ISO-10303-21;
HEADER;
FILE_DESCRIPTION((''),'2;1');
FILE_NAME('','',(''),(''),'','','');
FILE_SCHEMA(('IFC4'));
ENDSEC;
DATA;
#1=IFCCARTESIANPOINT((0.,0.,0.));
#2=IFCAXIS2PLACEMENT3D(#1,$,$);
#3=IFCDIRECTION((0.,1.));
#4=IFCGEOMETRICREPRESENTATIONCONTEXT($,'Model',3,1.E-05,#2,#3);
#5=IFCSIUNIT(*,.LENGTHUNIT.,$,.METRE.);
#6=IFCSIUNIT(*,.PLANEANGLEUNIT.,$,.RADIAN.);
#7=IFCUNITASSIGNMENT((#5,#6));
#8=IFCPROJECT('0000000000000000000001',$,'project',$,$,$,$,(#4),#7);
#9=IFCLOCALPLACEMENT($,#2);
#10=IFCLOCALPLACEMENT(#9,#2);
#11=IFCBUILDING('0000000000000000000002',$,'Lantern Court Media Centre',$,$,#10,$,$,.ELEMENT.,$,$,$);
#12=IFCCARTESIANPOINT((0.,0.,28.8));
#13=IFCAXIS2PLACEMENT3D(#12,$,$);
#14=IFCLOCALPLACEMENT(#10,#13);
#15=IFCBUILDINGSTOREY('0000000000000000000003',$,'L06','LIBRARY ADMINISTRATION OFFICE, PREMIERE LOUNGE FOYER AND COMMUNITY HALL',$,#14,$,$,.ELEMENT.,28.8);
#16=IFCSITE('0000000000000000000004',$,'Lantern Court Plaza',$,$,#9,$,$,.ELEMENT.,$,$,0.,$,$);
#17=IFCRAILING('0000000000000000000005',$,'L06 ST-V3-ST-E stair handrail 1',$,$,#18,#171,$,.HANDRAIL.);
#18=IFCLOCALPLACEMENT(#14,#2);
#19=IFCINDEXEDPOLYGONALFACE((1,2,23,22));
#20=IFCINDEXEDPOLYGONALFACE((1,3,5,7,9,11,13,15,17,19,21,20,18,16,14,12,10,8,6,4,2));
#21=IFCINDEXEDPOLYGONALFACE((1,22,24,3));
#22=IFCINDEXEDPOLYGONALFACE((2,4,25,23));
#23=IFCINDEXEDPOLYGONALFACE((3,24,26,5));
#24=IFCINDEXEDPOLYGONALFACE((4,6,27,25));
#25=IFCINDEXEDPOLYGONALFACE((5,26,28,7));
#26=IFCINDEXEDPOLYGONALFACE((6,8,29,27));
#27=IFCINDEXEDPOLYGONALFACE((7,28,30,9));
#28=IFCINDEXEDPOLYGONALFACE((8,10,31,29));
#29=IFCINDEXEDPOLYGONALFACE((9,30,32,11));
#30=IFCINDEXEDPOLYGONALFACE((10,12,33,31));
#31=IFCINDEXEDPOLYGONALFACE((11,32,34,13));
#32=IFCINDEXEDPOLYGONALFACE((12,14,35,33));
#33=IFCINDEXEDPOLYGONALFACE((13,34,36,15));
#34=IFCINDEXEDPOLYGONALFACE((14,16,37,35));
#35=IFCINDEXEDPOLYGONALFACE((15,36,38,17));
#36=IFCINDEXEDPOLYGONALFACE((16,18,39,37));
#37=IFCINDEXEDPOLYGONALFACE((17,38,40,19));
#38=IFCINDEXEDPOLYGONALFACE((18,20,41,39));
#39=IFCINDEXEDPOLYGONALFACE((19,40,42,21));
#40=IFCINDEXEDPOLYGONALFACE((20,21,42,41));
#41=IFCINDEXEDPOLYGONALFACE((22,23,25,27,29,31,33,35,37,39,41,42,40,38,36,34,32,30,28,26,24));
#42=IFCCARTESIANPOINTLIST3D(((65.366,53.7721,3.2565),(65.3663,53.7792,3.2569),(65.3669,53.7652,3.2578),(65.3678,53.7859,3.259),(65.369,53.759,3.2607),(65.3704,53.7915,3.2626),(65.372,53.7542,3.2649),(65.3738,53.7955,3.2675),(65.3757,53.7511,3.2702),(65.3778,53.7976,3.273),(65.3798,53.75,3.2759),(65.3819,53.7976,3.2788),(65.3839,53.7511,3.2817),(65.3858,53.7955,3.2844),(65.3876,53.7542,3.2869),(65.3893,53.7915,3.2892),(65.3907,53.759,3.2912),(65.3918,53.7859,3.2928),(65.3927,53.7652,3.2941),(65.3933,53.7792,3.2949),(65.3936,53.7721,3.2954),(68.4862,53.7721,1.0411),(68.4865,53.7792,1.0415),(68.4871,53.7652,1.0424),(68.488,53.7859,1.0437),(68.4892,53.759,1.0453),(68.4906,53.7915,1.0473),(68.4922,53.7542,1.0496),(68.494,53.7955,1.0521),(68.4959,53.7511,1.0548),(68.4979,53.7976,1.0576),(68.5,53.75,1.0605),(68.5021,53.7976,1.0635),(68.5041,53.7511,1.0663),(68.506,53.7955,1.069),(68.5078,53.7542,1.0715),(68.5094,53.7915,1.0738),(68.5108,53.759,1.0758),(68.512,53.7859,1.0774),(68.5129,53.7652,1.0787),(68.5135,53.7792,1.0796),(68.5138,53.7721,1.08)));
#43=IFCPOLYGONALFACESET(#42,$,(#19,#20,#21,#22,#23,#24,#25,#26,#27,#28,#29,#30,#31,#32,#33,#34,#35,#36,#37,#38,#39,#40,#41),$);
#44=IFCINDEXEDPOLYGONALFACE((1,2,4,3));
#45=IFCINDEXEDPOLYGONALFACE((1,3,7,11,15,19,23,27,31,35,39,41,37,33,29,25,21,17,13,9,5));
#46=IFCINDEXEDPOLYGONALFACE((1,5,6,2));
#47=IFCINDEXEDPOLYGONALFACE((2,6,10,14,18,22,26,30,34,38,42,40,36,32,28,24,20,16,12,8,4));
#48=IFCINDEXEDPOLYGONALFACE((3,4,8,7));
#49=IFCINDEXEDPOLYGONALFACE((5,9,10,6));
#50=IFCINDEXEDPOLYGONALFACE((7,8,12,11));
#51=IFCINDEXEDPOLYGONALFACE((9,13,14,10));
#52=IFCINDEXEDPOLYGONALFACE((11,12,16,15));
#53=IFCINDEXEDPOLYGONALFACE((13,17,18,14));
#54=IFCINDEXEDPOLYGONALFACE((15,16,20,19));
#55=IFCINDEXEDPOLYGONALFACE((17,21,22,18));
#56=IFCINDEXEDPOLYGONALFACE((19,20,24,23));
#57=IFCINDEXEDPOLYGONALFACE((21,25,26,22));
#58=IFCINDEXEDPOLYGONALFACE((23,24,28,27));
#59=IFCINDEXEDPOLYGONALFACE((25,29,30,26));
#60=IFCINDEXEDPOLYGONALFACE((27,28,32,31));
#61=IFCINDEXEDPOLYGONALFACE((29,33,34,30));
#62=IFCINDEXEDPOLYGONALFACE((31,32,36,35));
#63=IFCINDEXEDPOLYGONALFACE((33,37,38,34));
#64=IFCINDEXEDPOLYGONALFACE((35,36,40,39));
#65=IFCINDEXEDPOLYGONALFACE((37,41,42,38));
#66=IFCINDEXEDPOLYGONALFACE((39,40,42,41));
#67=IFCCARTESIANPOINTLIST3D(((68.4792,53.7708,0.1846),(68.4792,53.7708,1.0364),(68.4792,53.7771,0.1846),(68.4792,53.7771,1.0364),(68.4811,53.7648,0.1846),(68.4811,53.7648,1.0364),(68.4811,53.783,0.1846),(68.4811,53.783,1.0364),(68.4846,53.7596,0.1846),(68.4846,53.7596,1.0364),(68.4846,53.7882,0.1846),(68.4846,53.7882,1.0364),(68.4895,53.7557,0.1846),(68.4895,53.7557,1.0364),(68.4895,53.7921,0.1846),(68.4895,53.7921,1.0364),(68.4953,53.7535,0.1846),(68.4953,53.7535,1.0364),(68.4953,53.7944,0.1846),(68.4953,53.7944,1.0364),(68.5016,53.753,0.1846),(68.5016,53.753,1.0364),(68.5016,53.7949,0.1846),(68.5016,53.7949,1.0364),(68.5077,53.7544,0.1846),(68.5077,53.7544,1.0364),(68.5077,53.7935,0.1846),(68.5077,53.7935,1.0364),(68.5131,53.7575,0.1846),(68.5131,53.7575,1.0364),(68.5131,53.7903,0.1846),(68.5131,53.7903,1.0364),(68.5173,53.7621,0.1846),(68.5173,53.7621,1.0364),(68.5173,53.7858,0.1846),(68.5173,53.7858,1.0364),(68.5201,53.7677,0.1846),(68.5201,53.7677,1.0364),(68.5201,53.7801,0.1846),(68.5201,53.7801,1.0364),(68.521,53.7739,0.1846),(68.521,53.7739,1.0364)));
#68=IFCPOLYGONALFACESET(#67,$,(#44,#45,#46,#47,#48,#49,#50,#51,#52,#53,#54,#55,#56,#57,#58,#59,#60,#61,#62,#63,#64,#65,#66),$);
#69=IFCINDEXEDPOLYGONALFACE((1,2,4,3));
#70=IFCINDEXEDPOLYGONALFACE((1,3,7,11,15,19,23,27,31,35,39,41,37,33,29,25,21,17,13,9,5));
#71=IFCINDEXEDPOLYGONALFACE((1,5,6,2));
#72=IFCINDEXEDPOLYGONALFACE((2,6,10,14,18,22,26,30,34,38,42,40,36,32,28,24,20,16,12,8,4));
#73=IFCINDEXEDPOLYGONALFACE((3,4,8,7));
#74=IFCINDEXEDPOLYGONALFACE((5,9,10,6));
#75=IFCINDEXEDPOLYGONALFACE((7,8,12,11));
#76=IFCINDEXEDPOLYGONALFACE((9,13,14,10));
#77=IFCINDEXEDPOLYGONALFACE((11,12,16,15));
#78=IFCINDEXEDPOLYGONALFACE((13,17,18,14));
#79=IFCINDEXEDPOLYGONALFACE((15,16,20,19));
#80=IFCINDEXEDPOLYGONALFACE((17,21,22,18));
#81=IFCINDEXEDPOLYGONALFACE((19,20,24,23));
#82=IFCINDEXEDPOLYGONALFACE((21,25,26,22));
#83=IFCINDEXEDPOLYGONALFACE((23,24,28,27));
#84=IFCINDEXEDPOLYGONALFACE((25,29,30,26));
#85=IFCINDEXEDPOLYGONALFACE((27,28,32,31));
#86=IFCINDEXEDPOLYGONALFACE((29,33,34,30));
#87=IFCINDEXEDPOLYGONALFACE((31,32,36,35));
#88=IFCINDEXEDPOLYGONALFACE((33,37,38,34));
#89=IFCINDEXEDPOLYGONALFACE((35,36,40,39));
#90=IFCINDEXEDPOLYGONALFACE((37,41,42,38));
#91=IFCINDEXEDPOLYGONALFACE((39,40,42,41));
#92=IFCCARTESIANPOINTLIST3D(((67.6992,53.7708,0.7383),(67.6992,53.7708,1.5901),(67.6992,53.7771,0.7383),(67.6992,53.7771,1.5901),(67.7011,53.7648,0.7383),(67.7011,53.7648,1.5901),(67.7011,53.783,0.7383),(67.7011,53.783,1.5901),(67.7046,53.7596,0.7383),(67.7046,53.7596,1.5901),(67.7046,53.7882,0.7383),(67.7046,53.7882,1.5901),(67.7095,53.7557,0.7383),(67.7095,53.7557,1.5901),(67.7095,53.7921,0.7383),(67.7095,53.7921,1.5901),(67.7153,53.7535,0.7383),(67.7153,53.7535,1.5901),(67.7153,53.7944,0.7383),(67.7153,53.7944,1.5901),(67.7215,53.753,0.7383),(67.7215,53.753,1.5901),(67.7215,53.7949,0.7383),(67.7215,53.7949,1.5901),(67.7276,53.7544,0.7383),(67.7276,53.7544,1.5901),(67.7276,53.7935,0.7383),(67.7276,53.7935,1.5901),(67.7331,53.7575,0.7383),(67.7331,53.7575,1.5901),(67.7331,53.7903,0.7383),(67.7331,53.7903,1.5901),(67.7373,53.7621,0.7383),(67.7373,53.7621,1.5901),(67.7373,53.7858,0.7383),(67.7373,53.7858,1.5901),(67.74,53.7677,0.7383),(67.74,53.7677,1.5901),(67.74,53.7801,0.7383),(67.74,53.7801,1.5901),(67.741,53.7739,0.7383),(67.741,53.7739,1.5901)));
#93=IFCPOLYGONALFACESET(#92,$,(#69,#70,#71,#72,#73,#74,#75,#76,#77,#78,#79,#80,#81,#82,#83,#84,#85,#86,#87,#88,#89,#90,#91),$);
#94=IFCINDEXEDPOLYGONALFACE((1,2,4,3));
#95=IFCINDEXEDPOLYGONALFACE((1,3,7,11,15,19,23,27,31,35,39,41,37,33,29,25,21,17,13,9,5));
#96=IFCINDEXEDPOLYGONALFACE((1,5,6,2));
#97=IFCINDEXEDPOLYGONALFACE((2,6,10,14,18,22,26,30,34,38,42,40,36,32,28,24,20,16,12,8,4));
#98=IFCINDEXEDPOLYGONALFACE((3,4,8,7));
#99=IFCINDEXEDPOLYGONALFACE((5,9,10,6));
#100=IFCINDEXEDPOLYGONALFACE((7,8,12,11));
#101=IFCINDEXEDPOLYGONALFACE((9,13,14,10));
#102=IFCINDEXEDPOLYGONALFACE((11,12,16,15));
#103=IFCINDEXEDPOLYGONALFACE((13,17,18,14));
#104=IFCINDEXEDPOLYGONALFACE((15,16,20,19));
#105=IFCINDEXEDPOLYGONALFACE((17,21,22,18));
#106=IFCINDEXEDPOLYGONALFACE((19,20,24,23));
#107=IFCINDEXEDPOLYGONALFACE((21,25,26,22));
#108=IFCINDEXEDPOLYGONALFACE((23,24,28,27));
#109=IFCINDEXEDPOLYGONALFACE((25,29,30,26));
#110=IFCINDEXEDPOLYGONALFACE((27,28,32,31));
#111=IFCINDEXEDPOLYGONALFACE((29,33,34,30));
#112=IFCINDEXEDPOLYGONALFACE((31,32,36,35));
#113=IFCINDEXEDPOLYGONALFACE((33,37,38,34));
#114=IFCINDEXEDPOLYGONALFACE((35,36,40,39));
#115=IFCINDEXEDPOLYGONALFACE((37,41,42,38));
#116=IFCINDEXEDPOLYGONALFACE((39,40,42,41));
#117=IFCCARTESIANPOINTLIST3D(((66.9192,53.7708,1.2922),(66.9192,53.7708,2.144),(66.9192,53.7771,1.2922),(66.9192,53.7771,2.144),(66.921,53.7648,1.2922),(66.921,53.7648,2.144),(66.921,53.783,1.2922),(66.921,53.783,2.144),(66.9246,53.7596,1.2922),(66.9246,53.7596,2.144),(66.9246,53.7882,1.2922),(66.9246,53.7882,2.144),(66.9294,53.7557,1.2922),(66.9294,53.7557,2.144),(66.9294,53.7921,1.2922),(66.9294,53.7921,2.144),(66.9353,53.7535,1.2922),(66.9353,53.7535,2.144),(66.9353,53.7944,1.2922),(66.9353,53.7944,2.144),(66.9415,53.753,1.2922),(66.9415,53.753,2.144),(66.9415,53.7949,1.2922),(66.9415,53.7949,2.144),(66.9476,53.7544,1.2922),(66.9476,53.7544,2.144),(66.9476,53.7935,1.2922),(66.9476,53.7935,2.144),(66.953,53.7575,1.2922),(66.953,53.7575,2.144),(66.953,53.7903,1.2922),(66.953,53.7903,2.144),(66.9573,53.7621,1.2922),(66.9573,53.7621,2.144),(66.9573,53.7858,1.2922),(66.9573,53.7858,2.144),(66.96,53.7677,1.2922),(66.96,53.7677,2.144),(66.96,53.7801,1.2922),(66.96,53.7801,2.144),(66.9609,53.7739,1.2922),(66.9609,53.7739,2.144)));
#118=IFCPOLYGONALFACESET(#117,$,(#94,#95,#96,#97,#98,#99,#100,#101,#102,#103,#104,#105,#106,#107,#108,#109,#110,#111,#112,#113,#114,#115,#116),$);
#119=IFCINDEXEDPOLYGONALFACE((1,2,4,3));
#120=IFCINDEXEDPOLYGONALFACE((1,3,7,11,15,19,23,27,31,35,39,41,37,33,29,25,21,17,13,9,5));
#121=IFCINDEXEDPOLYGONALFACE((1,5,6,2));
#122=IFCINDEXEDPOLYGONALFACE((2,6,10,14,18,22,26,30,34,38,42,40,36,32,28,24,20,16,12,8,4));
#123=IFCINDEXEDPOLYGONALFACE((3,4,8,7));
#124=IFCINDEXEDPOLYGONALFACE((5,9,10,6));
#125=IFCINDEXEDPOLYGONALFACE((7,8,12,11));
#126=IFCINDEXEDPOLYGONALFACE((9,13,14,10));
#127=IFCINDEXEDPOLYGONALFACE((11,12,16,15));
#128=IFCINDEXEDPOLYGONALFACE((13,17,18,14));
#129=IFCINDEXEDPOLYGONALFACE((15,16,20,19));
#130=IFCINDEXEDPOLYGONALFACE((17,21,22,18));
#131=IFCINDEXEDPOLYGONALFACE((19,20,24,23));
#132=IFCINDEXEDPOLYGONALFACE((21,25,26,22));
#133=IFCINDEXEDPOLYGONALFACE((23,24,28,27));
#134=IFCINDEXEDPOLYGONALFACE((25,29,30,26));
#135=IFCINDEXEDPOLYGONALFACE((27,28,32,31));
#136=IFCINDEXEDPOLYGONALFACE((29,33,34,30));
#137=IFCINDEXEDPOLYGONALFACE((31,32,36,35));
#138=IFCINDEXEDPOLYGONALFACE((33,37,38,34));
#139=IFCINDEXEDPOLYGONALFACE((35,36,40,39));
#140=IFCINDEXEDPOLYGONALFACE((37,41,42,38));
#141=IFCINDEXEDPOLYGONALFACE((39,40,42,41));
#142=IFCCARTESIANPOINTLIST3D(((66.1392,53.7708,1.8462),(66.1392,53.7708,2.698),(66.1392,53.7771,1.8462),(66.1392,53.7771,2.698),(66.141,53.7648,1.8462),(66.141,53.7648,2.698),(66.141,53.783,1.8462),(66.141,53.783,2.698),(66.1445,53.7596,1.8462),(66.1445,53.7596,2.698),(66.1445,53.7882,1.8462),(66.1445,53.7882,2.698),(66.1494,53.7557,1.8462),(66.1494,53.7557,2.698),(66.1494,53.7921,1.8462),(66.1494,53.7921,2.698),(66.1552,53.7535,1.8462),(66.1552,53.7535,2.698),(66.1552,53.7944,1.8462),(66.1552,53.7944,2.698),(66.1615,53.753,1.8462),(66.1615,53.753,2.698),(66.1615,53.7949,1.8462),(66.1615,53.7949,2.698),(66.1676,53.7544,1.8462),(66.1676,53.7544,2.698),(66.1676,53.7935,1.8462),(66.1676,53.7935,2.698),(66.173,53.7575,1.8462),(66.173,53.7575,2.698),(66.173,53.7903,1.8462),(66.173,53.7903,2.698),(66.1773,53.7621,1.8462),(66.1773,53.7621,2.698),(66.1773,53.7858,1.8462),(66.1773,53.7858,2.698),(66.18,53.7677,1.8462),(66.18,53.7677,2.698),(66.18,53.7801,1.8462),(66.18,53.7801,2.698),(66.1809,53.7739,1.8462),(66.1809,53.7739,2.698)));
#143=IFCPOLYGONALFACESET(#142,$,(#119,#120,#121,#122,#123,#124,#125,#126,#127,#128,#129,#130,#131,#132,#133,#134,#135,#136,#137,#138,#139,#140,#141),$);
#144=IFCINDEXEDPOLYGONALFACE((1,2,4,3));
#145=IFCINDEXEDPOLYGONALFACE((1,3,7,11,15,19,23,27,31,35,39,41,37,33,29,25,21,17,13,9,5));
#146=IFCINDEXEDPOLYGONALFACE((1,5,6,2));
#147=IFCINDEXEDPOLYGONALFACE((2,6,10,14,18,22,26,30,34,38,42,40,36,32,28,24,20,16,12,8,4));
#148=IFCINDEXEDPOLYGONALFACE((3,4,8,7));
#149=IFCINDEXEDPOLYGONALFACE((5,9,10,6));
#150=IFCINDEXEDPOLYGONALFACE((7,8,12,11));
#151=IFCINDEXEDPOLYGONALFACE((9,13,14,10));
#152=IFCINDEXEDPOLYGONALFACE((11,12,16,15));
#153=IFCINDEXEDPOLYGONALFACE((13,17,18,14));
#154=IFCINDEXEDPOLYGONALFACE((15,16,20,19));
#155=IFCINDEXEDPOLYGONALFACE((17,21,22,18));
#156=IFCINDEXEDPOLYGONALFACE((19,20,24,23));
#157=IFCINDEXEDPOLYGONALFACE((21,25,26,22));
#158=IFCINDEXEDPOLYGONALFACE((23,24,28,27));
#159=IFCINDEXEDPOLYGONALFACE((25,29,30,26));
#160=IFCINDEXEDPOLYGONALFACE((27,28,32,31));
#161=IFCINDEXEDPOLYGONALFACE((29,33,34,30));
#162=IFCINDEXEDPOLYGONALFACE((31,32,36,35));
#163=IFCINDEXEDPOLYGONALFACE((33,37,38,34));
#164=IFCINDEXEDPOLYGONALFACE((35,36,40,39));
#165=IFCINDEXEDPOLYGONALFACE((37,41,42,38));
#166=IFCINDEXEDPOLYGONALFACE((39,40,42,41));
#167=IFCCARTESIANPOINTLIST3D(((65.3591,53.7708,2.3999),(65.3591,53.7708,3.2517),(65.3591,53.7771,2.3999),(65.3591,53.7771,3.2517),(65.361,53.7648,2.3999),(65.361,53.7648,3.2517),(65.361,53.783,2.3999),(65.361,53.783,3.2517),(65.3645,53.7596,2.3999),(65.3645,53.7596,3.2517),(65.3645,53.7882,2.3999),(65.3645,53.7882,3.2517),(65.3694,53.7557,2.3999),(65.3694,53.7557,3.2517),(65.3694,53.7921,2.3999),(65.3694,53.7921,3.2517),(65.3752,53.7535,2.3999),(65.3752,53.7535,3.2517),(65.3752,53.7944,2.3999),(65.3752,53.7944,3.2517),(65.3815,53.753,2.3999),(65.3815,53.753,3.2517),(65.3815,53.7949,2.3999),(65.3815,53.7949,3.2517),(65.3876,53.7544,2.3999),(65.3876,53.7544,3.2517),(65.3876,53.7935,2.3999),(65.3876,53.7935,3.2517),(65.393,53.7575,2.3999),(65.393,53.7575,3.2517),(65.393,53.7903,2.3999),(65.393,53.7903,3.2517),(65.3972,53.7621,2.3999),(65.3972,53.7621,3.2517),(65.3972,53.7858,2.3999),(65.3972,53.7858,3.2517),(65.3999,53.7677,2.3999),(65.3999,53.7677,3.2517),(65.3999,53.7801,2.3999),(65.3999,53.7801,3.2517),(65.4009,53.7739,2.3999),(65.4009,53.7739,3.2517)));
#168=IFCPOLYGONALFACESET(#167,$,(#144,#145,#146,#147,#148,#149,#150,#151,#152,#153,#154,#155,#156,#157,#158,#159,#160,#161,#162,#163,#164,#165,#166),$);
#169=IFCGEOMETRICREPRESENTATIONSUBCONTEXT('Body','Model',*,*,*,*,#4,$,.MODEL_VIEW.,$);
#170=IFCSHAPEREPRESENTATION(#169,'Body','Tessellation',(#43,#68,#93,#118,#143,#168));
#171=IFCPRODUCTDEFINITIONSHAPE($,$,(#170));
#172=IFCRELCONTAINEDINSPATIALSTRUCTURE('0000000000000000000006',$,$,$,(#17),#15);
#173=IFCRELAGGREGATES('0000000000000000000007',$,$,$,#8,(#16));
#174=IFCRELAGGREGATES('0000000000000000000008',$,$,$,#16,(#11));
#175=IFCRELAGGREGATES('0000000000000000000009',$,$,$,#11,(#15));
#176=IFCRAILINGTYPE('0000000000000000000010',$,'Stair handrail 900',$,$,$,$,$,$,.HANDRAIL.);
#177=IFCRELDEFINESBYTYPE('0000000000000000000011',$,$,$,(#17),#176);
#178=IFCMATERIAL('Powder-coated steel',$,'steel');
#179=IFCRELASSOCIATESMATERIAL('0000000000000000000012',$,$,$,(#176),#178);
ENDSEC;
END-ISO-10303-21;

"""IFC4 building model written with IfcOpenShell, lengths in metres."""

from ifc_helpers import new_model, si_unit, direction, frame, origin, origin_2d, place, context, subcontext, project, spatial, circle, extrude, material, type_object, element, save


model = new_model("IFC4")

# Units and contexts
model_context = context("Model", 3, precision=1e-05, world=origin(), true_north=direction((0.0, 1.0)))
body_context = subcontext(model_context, "Body", "Model", "MODEL_VIEW")
ifc_project = project(units=[si_unit("LENGTHUNIT", "METRE"), si_unit("PLANEANGLEUNIT", "RADIAN")], contexts=[model_context])

# Site, building, storey
site_placement = place(None, origin())
site = spatial("IfcSite", under=ifc_project, at=site_placement, Name="Lantern Court Plaza", CompositionType="ELEMENT", RefElevation=0.0)
building_placement = place(site_placement, origin())
building = spatial("IfcBuilding", under=site, at=building_placement, Name="Lantern Court Media Centre", CompositionType="ELEMENT")
storey_placement = place(building_placement, frame((0.0, 0.0, 28.8)))
storey = spatial("IfcBuildingStorey", under=building, at=storey_placement, Name="L06", Description="LIBRARY ADMINISTRATION OFFICE, PREMIERE LOUNGE FOYER AND COMMUNITY HALL", CompositionType="ELEMENT", Elevation=28.8)

# Railing
ifc_material_1 = material(Name="Powder-coated steel", Category="steel")
railing_type_1 = type_object("IfcRailingType", Name="Stair handrail 900", PredefinedType="HANDRAIL", material=ifc_material_1)
railing_1_placement = place(storey_placement, frame((68.5, 53.7739, 0.1846)))
element("IfcRailing", 1, at=railing_1_placement, inside=storey, type_object=railing_type_1, Name="L06 ST-V3-ST-E stair handrail 1", PredefinedType="HANDRAIL", context=body_context, shape_type="SweptSolid", body=[
    extrude(circle(Radius=0.0239, at=origin_2d()), frame((0.0, 0.0, 0.876), z_axis=(-0.815377, 0.0, 0.57893), x_axis=(0.0, -1.0, 0.0)), (0.0, 0.0, 1.0), 3.8267),
    extrude(circle(Radius=0.021, at=origin_2d()), origin(), (0.0, 0.0, 1.0), 0.8518),
    extrude(circle(Radius=0.021, at=origin_2d()), frame((-0.78, 0.0, 0.5537)), (0.0, 0.0, 1.0), 0.8518),
    extrude(circle(Radius=0.021, at=origin_2d()), frame((-1.5601, 0.0, 1.1077)), (0.0, 0.0, 1.0), 0.8518),
    extrude(circle(Radius=0.021, at=origin_2d()), frame((-2.3401, 0.0, 1.6616)), (0.0, 0.0, 1.0), 0.8518),
    extrude(circle(Radius=0.021, at=origin_2d()), frame((-3.1201, 0.0, 2.2153)), (0.0, 0.0, 1.0), 0.8518),
])

save(model, "model.ifc")
